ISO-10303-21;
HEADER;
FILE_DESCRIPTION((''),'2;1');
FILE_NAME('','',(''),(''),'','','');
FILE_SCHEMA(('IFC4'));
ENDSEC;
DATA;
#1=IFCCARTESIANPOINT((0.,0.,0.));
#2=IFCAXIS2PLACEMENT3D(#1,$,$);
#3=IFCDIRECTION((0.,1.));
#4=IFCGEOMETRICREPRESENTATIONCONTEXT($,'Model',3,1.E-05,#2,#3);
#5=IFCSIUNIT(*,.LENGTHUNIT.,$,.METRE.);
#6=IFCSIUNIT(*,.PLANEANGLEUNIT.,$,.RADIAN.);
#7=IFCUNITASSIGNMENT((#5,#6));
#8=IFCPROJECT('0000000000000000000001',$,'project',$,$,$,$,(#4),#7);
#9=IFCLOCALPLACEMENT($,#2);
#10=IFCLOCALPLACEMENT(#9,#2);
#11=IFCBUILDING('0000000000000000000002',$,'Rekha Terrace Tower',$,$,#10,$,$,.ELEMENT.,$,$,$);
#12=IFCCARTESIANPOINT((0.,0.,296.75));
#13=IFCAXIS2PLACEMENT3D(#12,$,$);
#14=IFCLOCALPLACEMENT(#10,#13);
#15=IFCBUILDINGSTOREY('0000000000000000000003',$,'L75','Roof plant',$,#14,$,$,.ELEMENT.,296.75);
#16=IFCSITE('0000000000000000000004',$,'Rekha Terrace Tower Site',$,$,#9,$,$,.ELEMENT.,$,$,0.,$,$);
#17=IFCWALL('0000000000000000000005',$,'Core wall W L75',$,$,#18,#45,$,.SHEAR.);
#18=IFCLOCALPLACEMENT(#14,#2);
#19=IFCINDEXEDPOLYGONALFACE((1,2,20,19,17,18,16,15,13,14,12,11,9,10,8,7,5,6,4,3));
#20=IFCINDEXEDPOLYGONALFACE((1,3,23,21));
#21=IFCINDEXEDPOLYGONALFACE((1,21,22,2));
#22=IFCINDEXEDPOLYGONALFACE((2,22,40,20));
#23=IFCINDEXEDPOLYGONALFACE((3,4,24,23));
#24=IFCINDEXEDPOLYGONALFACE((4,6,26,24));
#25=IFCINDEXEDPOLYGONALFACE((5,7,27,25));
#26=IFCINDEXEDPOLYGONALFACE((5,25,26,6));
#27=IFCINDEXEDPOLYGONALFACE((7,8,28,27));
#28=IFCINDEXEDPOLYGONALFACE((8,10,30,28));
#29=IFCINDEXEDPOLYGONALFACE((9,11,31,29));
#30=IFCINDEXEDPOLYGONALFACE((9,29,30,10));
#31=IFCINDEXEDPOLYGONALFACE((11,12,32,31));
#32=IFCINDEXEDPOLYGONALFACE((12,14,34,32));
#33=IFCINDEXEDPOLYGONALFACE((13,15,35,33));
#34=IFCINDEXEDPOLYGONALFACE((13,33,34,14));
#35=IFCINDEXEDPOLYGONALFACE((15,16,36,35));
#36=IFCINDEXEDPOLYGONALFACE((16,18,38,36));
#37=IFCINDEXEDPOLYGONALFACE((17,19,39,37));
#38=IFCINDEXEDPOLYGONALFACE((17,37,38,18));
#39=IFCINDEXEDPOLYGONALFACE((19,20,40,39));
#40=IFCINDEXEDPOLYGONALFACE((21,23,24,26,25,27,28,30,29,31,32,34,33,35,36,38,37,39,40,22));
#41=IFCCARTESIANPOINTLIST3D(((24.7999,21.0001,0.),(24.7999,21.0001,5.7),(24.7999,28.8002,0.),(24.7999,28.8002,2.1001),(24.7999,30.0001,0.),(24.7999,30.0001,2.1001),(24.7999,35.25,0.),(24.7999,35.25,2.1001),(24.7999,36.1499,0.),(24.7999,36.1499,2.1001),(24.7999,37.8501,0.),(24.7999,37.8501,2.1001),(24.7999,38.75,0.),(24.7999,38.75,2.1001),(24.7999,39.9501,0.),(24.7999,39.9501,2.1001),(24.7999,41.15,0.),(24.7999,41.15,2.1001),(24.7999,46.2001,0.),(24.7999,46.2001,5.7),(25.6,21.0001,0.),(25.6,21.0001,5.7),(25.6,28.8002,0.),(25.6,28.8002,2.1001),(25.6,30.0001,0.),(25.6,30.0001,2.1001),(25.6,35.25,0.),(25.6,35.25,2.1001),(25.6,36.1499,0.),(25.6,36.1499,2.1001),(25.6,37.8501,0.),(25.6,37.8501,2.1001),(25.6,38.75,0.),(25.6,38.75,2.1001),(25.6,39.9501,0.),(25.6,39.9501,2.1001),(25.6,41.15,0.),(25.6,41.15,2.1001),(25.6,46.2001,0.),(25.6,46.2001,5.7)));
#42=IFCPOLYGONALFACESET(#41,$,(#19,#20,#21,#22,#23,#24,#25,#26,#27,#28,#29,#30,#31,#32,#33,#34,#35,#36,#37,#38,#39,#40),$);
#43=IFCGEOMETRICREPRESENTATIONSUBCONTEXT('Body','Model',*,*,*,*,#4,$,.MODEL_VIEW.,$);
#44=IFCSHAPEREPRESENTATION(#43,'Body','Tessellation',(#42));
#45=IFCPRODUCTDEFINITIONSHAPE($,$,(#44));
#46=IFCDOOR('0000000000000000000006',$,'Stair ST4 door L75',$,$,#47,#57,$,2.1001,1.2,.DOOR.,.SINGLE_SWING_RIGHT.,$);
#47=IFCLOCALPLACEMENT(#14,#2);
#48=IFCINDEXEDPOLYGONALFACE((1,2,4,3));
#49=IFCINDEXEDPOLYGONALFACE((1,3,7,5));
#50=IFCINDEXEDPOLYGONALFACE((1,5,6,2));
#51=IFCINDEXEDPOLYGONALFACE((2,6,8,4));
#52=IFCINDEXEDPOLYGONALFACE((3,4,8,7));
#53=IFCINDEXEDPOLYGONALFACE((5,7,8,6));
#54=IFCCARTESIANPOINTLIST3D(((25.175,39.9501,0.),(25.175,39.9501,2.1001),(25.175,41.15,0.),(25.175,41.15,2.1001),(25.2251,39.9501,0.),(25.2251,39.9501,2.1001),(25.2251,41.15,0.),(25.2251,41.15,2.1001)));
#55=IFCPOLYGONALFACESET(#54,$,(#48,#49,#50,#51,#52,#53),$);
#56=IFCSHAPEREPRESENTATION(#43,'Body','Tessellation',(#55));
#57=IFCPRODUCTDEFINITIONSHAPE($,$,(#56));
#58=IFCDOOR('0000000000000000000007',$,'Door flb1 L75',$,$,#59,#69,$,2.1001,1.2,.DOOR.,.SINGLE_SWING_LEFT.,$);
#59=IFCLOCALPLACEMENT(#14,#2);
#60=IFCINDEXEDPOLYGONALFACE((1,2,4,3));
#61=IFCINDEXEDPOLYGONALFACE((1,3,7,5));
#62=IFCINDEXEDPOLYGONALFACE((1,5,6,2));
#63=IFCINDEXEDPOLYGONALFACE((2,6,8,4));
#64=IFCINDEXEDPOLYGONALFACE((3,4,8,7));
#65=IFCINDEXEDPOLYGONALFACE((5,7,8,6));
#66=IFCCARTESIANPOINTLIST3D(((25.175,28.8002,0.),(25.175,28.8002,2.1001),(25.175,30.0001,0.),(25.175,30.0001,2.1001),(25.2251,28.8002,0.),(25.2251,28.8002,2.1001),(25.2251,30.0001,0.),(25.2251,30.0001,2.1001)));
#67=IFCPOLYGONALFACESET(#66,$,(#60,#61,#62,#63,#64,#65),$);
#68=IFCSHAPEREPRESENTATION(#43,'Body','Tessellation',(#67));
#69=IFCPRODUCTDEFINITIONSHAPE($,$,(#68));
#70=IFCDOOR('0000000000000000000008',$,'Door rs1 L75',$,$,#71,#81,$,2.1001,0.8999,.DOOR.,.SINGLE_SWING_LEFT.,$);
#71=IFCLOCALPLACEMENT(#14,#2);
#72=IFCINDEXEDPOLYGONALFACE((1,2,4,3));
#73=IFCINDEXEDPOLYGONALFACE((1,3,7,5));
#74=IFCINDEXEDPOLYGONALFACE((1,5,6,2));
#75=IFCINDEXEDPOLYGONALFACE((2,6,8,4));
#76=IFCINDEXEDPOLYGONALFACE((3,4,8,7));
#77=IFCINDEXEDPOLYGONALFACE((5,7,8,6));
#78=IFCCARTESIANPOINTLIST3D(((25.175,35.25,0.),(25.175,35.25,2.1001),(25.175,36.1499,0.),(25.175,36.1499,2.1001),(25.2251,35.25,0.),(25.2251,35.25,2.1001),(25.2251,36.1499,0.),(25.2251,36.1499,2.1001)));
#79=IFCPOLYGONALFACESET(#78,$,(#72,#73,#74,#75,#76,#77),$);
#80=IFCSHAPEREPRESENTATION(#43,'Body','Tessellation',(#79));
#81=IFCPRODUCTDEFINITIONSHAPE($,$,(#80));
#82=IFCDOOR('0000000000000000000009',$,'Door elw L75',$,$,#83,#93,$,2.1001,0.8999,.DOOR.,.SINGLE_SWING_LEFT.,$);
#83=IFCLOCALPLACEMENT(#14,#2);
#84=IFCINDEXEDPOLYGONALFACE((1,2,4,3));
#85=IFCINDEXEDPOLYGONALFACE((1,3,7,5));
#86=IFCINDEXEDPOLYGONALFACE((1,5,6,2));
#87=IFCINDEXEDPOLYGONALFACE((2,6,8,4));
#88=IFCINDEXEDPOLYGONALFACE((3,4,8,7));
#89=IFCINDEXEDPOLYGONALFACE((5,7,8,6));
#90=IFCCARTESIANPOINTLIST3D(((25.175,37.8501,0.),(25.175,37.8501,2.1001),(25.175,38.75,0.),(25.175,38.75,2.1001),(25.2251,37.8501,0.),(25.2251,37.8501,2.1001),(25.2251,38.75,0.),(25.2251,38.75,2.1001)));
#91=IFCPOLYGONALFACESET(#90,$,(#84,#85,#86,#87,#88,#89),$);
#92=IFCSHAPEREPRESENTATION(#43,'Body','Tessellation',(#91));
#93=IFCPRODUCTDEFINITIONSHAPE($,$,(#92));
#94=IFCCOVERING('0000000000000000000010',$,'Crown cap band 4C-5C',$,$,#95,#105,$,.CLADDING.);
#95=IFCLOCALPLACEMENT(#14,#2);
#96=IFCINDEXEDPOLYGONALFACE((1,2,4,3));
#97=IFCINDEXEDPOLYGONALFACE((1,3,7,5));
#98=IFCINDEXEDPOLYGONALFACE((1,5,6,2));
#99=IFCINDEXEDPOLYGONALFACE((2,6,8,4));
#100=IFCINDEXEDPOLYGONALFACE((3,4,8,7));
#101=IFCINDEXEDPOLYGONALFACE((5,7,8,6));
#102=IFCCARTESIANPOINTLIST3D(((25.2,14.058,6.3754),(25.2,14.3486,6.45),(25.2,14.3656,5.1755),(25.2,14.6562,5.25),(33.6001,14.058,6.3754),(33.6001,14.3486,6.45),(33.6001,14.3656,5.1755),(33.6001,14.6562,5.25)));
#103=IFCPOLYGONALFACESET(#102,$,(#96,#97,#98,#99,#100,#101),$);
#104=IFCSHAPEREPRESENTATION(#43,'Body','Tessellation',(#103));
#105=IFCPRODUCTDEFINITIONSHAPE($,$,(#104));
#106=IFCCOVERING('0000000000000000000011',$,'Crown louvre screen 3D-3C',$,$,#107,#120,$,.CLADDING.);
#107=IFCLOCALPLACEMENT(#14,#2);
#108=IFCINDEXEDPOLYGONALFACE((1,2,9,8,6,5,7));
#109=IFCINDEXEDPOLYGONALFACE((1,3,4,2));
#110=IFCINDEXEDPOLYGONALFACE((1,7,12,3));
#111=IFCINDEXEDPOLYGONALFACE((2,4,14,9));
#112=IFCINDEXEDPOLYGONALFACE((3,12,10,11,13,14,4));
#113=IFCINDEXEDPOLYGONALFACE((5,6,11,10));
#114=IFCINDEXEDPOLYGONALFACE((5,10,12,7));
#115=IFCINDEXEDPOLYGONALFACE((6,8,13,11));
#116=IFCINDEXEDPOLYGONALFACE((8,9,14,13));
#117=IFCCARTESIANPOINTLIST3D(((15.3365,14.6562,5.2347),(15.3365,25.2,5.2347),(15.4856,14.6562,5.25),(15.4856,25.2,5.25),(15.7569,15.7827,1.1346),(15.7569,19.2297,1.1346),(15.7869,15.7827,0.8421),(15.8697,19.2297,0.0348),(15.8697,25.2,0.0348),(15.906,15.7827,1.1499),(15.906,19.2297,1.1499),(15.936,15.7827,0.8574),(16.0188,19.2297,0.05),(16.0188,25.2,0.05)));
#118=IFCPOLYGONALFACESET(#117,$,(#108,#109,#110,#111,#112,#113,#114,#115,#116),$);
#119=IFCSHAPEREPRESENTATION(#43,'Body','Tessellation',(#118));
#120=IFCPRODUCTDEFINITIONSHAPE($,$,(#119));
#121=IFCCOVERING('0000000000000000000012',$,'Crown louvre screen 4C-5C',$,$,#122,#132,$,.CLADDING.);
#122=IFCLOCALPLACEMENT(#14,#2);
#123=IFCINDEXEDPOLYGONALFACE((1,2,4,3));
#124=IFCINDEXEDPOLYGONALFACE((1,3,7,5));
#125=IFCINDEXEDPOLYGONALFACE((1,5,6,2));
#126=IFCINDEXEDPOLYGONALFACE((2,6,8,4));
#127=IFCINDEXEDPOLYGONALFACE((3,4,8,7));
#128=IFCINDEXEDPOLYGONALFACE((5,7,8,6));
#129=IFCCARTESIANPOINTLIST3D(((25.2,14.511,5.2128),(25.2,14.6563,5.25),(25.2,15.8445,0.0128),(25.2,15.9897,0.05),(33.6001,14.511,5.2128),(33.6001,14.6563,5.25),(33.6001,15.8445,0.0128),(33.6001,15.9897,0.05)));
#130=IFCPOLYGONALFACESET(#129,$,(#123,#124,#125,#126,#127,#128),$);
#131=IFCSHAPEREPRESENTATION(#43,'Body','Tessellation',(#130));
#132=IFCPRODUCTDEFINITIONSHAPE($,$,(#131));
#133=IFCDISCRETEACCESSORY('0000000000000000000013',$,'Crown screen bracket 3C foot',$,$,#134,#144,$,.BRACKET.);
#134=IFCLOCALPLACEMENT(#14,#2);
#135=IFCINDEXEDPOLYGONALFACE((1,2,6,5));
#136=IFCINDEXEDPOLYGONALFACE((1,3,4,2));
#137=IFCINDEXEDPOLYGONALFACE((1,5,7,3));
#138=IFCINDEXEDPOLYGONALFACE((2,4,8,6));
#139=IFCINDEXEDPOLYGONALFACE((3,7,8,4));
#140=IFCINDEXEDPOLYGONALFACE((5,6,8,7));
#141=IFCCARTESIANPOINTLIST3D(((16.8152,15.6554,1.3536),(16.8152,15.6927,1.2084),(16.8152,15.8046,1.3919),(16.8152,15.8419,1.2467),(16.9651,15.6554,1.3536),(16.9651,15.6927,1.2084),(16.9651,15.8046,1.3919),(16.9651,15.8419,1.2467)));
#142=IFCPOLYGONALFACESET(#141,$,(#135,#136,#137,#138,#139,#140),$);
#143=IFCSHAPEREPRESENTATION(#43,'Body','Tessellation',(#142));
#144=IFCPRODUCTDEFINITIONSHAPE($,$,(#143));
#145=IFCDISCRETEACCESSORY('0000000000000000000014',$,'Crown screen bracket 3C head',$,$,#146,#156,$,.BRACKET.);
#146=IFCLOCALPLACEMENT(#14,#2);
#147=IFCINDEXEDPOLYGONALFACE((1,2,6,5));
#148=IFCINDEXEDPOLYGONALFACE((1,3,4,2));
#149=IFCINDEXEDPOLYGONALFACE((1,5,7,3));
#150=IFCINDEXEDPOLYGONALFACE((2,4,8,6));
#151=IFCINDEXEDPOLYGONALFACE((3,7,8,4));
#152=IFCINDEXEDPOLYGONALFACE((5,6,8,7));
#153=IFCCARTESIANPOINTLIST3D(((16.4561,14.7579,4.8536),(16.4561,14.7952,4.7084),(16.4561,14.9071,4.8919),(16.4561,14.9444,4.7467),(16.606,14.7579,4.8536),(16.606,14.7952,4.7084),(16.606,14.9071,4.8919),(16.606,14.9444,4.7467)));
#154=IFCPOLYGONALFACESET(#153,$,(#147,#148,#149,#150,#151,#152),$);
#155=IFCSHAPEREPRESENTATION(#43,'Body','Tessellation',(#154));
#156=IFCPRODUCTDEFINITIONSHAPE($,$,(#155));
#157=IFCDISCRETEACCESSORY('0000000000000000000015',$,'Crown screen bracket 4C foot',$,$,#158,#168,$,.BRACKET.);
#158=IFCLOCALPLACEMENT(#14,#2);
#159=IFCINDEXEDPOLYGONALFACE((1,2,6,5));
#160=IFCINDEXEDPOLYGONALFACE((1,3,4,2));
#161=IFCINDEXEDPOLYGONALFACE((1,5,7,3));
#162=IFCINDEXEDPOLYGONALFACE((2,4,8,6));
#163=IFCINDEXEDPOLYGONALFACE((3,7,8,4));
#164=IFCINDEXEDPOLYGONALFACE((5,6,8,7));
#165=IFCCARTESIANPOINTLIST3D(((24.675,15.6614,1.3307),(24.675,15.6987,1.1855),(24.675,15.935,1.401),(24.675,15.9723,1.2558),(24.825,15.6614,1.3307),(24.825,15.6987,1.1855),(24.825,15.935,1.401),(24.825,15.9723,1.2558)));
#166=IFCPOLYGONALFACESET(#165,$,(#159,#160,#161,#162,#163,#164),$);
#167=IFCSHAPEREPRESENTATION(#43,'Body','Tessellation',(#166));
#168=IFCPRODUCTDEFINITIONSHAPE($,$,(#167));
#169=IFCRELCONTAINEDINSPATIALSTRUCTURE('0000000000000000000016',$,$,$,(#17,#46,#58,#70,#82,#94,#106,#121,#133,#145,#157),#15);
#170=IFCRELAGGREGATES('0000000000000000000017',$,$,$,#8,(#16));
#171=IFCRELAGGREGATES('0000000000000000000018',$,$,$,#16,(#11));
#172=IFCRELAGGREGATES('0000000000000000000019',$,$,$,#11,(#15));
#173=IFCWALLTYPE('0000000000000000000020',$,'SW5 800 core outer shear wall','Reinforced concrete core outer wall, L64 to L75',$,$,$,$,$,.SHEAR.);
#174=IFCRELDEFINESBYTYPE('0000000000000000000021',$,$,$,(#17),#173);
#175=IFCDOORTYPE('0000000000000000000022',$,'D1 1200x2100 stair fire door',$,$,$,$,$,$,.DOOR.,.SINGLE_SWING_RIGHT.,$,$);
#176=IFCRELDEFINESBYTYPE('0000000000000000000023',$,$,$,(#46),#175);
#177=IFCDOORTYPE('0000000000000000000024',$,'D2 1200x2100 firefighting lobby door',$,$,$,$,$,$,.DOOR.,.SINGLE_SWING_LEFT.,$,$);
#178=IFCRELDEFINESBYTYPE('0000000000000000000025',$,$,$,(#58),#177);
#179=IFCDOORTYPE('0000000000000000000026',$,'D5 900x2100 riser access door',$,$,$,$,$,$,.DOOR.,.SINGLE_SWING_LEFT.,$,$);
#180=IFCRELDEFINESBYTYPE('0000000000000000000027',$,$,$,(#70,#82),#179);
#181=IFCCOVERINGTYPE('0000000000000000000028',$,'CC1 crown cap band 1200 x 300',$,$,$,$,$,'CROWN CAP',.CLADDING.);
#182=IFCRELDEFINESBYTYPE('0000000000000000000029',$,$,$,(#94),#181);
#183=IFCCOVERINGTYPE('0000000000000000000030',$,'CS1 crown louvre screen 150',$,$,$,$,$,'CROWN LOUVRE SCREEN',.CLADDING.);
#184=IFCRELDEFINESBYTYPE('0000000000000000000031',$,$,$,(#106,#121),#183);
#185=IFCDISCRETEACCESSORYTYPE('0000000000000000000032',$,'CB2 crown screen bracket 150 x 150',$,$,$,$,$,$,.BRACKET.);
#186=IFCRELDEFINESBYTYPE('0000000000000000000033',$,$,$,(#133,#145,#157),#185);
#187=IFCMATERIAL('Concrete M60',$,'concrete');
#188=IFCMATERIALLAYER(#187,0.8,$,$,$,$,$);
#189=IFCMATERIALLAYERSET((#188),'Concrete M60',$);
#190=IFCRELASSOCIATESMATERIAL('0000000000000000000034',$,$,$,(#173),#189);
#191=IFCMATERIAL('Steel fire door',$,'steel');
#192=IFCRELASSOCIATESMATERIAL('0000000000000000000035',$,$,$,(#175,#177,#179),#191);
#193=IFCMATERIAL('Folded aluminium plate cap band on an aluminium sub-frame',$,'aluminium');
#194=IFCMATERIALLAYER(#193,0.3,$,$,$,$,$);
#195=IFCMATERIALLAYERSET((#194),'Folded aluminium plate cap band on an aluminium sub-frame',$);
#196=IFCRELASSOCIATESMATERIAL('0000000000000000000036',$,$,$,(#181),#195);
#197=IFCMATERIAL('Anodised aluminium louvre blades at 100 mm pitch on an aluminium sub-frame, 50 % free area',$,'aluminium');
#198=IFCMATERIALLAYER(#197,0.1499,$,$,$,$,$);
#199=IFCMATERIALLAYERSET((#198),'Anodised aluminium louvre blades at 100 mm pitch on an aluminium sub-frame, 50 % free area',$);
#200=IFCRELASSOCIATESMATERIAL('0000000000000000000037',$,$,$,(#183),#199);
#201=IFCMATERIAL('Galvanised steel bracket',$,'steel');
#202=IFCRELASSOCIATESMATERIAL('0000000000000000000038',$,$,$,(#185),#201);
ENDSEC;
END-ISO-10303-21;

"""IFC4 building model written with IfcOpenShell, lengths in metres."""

from ifc_helpers import new_model, si_unit, direction, frame, frame_2d, origin, origin_2d, place, context, subcontext, project, spatial, polyline, rectangle, outline, extrude, material, layer, layer_set, type_object, element, fill, save


model = new_model("IFC4")

# Units and contexts
model_context = context("Model", 3, precision=1e-05, world=origin(), true_north=direction((0.0, 1.0)))
body_context = subcontext(model_context, "Body", "Model", "MODEL_VIEW")
ifc_project = project(units=[si_unit("LENGTHUNIT", "METRE"), si_unit("PLANEANGLEUNIT", "RADIAN")], contexts=[model_context])

# Site, building, storey
site_placement = place(None, origin())
site = spatial("IfcSite", under=ifc_project, at=site_placement, Name="Rekha Terrace Tower Site", CompositionType="ELEMENT", RefElevation=0.0)
building_placement = place(site_placement, origin())
building = spatial("IfcBuilding", under=site, at=building_placement, Name="Rekha Terrace Tower", CompositionType="ELEMENT")
storey_placement = place(building_placement, frame((0.0, 0.0, 296.75)))
storey = spatial("IfcBuildingStorey", under=building, at=storey_placement, Name="L75", Description="Roof plant", CompositionType="ELEMENT", Elevation=296.75)

# Shared definitions
ifc_material_1 = material(Name="Concrete M60", Category="concrete")
ifc_layer_1 = layer(ifc_material_1, 0.8)
ifc_layer_set_1 = layer_set([ifc_layer_1], Name="Concrete M60")
wall_type_1 = type_object("IfcWallType", Name="SW5 800 core outer shear wall", Description="Reinforced concrete core outer wall, L64 to L75", PredefinedType="SHEAR", material=ifc_layer_set_1)

# Wall, openings, doors
wall_1_placement = place(storey_placement, frame((25.2, 21.0, 0.0), z_axis=(0.0, 0.0, 1.0), x_axis=(0.0, 1.0, 0.0)))
wall_1 = element("IfcWall", 1, at=wall_1_placement, inside=storey, type_object=wall_type_1, Name="Core wall W L75", PredefinedType="SHEAR", context=body_context, shape_type="SweptSolid", body=[
    extrude(rectangle(XDim=25.2, YDim=0.8, at=frame_2d((12.6001, 0.0))), origin(), (0.0, 0.0, 1.0), 5.7),
])
opening_1_placement = place(wall_1_placement, frame((7.8, 0.0, 0.0)))
opening_1 = element("IfcOpeningElement", 2, at=opening_1_placement, cuts=wall_1, PredefinedType="OPENING", context=body_context, shape_type="SweptSolid", body=[
    extrude(rectangle(XDim=1.2, YDim=2.1001, at=frame_2d((0.6001, 1.05))), frame((0.0, 0.4099, 0.0), z_axis=(0.0, -1.0, 0.0), x_axis=(1.0, 0.0, 0.0)), (0.0, 0.0, 1.0), 0.8201),
])
opening_2_placement = place(wall_1_placement, frame((14.25, 0.0, 0.0)))
opening_2 = element("IfcOpeningElement", 3, at=opening_2_placement, cuts=wall_1, PredefinedType="OPENING", context=body_context, shape_type="SweptSolid", body=[
    extrude(rectangle(XDim=0.8999, YDim=2.1001, at=frame_2d((0.45, 1.05))), frame((0.0, 0.4099, 0.0), z_axis=(0.0, -1.0, 0.0), x_axis=(1.0, 0.0, 0.0)), (0.0, 0.0, 1.0), 0.8201),
])
opening_3_placement = place(wall_1_placement, frame((16.8501, 0.0, 0.0)))
opening_3 = element("IfcOpeningElement", 4, at=opening_3_placement, cuts=wall_1, PredefinedType="OPENING", context=body_context, shape_type="SweptSolid", body=[
    extrude(rectangle(XDim=0.8999, YDim=2.1001, at=frame_2d((0.45, 1.05))), frame((0.0, 0.4099, 0.0), z_axis=(0.0, -1.0, 0.0), x_axis=(1.0, 0.0, 0.0)), (0.0, 0.0, 1.0), 0.8201),
])
opening_4_placement = place(wall_1_placement, frame((18.95, 0.0, 0.0)))
opening_4 = element("IfcOpeningElement", 5, at=opening_4_placement, cuts=wall_1, PredefinedType="OPENING", context=body_context, shape_type="SweptSolid", body=[
    extrude(rectangle(XDim=1.2, YDim=2.1001, at=frame_2d((0.6001, 1.05))), frame((0.0, 0.4099, 0.0), z_axis=(0.0, -1.0, 0.0), x_axis=(1.0, 0.0, 0.0)), (0.0, 0.0, 1.0), 0.8201),
])
ifc_material_2 = material(Name="Steel fire door", Category="steel")
door_type_1 = type_object("IfcDoorType", Name="D1 1200x2100 stair fire door", OperationType="SINGLE_SWING_RIGHT", PredefinedType="DOOR", material=ifc_material_2)
door_1_placement = place(opening_4_placement, origin())
door_1 = element("IfcDoor", 6, at=door_1_placement, inside=storey, type_object=door_type_1, Name="Stair ST4 door L75", OperationType="SINGLE_SWING_RIGHT", OverallHeight=2.1001, OverallWidth=1.2, PredefinedType="DOOR", context=body_context, shape_type="SweptSolid", body=[
    extrude(rectangle(XDim=1.2, YDim=2.1001, at=frame_2d((0.6001, 1.05))), frame((0.0, 0.0249, 0.0), z_axis=(0.0, -1.0, 0.0), x_axis=(1.0, 0.0, 0.0)), (0.0, 0.0, 1.0), 0.05),
])
fill(opening_4, door_1)
door_type_2 = type_object("IfcDoorType", Name="D2 1200x2100 firefighting lobby door", OperationType="SINGLE_SWING_LEFT", PredefinedType="DOOR", material=ifc_material_2)
door_2_placement = place(opening_1_placement, origin())
door_2 = element("IfcDoor", 7, at=door_2_placement, inside=storey, type_object=door_type_2, Name="Door flb1 L75", OperationType="SINGLE_SWING_LEFT", OverallHeight=2.1001, OverallWidth=1.2, PredefinedType="DOOR", context=body_context, shape_type="SweptSolid", body=[
    extrude(rectangle(XDim=1.2, YDim=2.1001, at=frame_2d((0.6001, 1.05))), frame((0.0, 0.0249, 0.0), z_axis=(0.0, -1.0, 0.0), x_axis=(1.0, 0.0, 0.0)), (0.0, 0.0, 1.0), 0.05),
])
fill(opening_1, door_2)
door_type_3 = type_object("IfcDoorType", Name="D5 900x2100 riser access door", OperationType="SINGLE_SWING_LEFT", PredefinedType="DOOR", material=ifc_material_2)
door_3_placement = place(opening_2_placement, origin())
door_3 = element("IfcDoor", 8, at=door_3_placement, inside=storey, type_object=door_type_3, Name="Door rs1 L75", OperationType="SINGLE_SWING_LEFT", OverallHeight=2.1001, OverallWidth=0.8999, PredefinedType="DOOR", context=body_context, shape_type="SweptSolid", body=[
    extrude(rectangle(XDim=0.8999, YDim=2.1001, at=frame_2d((0.45, 1.05))), frame((0.0, 0.0249, 0.0), z_axis=(0.0, -1.0, 0.0), x_axis=(1.0, 0.0, 0.0)), (0.0, 0.0, 1.0), 0.05),
])
fill(opening_2, door_3)
door_4_placement = place(opening_3_placement, origin())
door_4 = element("IfcDoor", 9, at=door_4_placement, inside=storey, type_object=door_type_3, Name="Door elw L75", OperationType="SINGLE_SWING_LEFT", OverallHeight=2.1001, OverallWidth=0.8999, PredefinedType="DOOR", context=body_context, shape_type="SweptSolid", body=[
    extrude(rectangle(XDim=0.8999, YDim=2.1001, at=frame_2d((0.45, 1.05))), frame((0.0, 0.0249, 0.0), z_axis=(0.0, -1.0, 0.0), x_axis=(1.0, 0.0, 0.0)), (0.0, 0.0, 1.0), 0.05),
])
fill(opening_3, door_4)

# Coverings
ifc_material_3 = material(Name="Folded aluminium plate cap band on an aluminium sub-frame", Category="aluminium")
ifc_layer_2 = layer(ifc_material_3, 0.3)
ifc_layer_set_2 = layer_set([ifc_layer_2], Name="Folded aluminium plate cap band on an aluminium sub-frame")
covering_type_1 = type_object("IfcCoveringType", Name="CC1 crown cap band 1200 x 300", ElementType="CROWN CAP", PredefinedType="CLADDING", material=ifc_layer_set_2)
covering_1_placement = place(storey_placement, frame((25.2, 14.6562, 5.25), z_axis=(0.0, 0.968676, 0.248328), x_axis=(1.0, 0.0, 0.0)))
element("IfcCovering", 10, at=covering_1_placement, inside=storey, type_object=covering_type_1, Name="Crown cap band 4C-5C", PredefinedType="CLADDING", context=body_context, shape_type="SweptSolid", body=[
    extrude(outline(polyline([(0.0, 0.0), (8.4001, 0.0), (8.4001, -1.2388), (0.0, -1.2388), (0.0, 0.0)])), origin(), (0.0, 0.0, -1.0), 0.3),
])
ifc_material_4 = material(Name="Anodised aluminium louvre blades at 100 mm pitch on an aluminium sub-frame, 50 % free area", Category="aluminium")
ifc_layer_3 = layer(ifc_material_4, 0.1499)
ifc_layer_set_3 = layer_set([ifc_layer_3], Name="Anodised aluminium louvre blades at 100 mm pitch on an aluminium sub-frame, 50 % free area")
covering_type_2 = type_object("IfcCoveringType", Name="CS1 crown louvre screen 150", ElementType="CROWN LOUVRE SCREEN", PredefinedType="CLADDING", material=ifc_layer_set_3)
covering_2_placement = place(storey_placement, frame((16.0188, 25.2, 0.05), z_axis=(0.994784, 0.0, 0.102004), x_axis=(0.0, -1.0, 0.0)))
element("IfcCovering", 11, at=covering_2_placement, inside=storey, type_object=covering_type_2, Name="Crown louvre screen 3D-3C", PredefinedType="CLADDING", context=body_context, shape_type="SweptSolid", body=[
    extrude(outline(polyline([(0.0, 0.0), (5.9702, 0.0), (5.9702, -1.1056), (9.4172, -1.1056), (9.4172, 0.0), (9.2102, 0.0), (10.5437, -5.2272), (0.0, -5.2272), (0.0, 0.0)])), origin(), (0.0, 0.0, -1.0), 0.1499),
])
covering_3_placement = place(storey_placement, frame((25.2, 15.9897, 0.05), z_axis=(0.0, 0.968656, 0.248406), x_axis=(1.0, 0.0, 0.0)))
element("IfcCovering", 12, at=covering_3_placement, inside=storey, type_object=covering_type_2, Name="Crown louvre screen 4C-5C", PredefinedType="CLADDING", context=body_context, shape_type="SweptSolid", body=[
    extrude(outline(polyline([(0.0, 0.0), (8.4001, 0.0), (8.4001, -5.3682), (0.0, -5.3682), (0.0, 0.0)])), origin(), (0.0, 0.0, -1.0), 0.1499),
])

# Discrete accessories
ifc_material_5 = material(Name="Galvanised steel bracket", Category="steel")
discrete_accessory_type_1 = type_object("IfcDiscreteAccessoryType", Name="CB2 crown screen bracket 150 x 150", PredefinedType="BRACKET", material=ifc_material_5)
for number, where, z_axis, x_axis, name in (
    (13, (16.8901, 15.8232, 1.3193), (0.0, -0.968537, -0.248871), (1.0, 0.0, 0.0), "Crown screen bracket 3C foot"),
    (14, (16.531, 14.9258, 4.8193), (0.0, -0.968537, -0.248871), (1.0, 0.0, 0.0), "Crown screen bracket 3C head"),
):
    element("IfcDiscreteAccessory", number, at=place(storey_placement, frame(where, z_axis=z_axis, x_axis=x_axis)), inside=storey, type_object=discrete_accessory_type_1, Name=name, PredefinedType="BRACKET", context=body_context, shape_type="SweptSolid", body=[
        extrude(rectangle(XDim=0.1499, YDim=0.1499, at=origin_2d()), origin(), (0.0, 0.0, 1.0), 0.1541),
    ])
for number, where, z_axis, x_axis, name in (
    (15, (24.75, 15.9536, 1.3284), (0.0, -0.968546, -0.248833), (1.0, 0.0, 0.0), "Crown screen bracket 4C foot"),
):
    element("IfcDiscreteAccessory", number, at=place(storey_placement, frame(where, z_axis=z_axis, x_axis=x_axis)), inside=storey, type_object=discrete_accessory_type_1, Name=name, PredefinedType="BRACKET", context=body_context, shape_type="SweptSolid", body=[
        extrude(rectangle(XDim=0.1499, YDim=0.1499, at=origin_2d()), origin(), (0.0, 0.0, 1.0), 0.2825),
    ])

save(model, "model.ifc")
